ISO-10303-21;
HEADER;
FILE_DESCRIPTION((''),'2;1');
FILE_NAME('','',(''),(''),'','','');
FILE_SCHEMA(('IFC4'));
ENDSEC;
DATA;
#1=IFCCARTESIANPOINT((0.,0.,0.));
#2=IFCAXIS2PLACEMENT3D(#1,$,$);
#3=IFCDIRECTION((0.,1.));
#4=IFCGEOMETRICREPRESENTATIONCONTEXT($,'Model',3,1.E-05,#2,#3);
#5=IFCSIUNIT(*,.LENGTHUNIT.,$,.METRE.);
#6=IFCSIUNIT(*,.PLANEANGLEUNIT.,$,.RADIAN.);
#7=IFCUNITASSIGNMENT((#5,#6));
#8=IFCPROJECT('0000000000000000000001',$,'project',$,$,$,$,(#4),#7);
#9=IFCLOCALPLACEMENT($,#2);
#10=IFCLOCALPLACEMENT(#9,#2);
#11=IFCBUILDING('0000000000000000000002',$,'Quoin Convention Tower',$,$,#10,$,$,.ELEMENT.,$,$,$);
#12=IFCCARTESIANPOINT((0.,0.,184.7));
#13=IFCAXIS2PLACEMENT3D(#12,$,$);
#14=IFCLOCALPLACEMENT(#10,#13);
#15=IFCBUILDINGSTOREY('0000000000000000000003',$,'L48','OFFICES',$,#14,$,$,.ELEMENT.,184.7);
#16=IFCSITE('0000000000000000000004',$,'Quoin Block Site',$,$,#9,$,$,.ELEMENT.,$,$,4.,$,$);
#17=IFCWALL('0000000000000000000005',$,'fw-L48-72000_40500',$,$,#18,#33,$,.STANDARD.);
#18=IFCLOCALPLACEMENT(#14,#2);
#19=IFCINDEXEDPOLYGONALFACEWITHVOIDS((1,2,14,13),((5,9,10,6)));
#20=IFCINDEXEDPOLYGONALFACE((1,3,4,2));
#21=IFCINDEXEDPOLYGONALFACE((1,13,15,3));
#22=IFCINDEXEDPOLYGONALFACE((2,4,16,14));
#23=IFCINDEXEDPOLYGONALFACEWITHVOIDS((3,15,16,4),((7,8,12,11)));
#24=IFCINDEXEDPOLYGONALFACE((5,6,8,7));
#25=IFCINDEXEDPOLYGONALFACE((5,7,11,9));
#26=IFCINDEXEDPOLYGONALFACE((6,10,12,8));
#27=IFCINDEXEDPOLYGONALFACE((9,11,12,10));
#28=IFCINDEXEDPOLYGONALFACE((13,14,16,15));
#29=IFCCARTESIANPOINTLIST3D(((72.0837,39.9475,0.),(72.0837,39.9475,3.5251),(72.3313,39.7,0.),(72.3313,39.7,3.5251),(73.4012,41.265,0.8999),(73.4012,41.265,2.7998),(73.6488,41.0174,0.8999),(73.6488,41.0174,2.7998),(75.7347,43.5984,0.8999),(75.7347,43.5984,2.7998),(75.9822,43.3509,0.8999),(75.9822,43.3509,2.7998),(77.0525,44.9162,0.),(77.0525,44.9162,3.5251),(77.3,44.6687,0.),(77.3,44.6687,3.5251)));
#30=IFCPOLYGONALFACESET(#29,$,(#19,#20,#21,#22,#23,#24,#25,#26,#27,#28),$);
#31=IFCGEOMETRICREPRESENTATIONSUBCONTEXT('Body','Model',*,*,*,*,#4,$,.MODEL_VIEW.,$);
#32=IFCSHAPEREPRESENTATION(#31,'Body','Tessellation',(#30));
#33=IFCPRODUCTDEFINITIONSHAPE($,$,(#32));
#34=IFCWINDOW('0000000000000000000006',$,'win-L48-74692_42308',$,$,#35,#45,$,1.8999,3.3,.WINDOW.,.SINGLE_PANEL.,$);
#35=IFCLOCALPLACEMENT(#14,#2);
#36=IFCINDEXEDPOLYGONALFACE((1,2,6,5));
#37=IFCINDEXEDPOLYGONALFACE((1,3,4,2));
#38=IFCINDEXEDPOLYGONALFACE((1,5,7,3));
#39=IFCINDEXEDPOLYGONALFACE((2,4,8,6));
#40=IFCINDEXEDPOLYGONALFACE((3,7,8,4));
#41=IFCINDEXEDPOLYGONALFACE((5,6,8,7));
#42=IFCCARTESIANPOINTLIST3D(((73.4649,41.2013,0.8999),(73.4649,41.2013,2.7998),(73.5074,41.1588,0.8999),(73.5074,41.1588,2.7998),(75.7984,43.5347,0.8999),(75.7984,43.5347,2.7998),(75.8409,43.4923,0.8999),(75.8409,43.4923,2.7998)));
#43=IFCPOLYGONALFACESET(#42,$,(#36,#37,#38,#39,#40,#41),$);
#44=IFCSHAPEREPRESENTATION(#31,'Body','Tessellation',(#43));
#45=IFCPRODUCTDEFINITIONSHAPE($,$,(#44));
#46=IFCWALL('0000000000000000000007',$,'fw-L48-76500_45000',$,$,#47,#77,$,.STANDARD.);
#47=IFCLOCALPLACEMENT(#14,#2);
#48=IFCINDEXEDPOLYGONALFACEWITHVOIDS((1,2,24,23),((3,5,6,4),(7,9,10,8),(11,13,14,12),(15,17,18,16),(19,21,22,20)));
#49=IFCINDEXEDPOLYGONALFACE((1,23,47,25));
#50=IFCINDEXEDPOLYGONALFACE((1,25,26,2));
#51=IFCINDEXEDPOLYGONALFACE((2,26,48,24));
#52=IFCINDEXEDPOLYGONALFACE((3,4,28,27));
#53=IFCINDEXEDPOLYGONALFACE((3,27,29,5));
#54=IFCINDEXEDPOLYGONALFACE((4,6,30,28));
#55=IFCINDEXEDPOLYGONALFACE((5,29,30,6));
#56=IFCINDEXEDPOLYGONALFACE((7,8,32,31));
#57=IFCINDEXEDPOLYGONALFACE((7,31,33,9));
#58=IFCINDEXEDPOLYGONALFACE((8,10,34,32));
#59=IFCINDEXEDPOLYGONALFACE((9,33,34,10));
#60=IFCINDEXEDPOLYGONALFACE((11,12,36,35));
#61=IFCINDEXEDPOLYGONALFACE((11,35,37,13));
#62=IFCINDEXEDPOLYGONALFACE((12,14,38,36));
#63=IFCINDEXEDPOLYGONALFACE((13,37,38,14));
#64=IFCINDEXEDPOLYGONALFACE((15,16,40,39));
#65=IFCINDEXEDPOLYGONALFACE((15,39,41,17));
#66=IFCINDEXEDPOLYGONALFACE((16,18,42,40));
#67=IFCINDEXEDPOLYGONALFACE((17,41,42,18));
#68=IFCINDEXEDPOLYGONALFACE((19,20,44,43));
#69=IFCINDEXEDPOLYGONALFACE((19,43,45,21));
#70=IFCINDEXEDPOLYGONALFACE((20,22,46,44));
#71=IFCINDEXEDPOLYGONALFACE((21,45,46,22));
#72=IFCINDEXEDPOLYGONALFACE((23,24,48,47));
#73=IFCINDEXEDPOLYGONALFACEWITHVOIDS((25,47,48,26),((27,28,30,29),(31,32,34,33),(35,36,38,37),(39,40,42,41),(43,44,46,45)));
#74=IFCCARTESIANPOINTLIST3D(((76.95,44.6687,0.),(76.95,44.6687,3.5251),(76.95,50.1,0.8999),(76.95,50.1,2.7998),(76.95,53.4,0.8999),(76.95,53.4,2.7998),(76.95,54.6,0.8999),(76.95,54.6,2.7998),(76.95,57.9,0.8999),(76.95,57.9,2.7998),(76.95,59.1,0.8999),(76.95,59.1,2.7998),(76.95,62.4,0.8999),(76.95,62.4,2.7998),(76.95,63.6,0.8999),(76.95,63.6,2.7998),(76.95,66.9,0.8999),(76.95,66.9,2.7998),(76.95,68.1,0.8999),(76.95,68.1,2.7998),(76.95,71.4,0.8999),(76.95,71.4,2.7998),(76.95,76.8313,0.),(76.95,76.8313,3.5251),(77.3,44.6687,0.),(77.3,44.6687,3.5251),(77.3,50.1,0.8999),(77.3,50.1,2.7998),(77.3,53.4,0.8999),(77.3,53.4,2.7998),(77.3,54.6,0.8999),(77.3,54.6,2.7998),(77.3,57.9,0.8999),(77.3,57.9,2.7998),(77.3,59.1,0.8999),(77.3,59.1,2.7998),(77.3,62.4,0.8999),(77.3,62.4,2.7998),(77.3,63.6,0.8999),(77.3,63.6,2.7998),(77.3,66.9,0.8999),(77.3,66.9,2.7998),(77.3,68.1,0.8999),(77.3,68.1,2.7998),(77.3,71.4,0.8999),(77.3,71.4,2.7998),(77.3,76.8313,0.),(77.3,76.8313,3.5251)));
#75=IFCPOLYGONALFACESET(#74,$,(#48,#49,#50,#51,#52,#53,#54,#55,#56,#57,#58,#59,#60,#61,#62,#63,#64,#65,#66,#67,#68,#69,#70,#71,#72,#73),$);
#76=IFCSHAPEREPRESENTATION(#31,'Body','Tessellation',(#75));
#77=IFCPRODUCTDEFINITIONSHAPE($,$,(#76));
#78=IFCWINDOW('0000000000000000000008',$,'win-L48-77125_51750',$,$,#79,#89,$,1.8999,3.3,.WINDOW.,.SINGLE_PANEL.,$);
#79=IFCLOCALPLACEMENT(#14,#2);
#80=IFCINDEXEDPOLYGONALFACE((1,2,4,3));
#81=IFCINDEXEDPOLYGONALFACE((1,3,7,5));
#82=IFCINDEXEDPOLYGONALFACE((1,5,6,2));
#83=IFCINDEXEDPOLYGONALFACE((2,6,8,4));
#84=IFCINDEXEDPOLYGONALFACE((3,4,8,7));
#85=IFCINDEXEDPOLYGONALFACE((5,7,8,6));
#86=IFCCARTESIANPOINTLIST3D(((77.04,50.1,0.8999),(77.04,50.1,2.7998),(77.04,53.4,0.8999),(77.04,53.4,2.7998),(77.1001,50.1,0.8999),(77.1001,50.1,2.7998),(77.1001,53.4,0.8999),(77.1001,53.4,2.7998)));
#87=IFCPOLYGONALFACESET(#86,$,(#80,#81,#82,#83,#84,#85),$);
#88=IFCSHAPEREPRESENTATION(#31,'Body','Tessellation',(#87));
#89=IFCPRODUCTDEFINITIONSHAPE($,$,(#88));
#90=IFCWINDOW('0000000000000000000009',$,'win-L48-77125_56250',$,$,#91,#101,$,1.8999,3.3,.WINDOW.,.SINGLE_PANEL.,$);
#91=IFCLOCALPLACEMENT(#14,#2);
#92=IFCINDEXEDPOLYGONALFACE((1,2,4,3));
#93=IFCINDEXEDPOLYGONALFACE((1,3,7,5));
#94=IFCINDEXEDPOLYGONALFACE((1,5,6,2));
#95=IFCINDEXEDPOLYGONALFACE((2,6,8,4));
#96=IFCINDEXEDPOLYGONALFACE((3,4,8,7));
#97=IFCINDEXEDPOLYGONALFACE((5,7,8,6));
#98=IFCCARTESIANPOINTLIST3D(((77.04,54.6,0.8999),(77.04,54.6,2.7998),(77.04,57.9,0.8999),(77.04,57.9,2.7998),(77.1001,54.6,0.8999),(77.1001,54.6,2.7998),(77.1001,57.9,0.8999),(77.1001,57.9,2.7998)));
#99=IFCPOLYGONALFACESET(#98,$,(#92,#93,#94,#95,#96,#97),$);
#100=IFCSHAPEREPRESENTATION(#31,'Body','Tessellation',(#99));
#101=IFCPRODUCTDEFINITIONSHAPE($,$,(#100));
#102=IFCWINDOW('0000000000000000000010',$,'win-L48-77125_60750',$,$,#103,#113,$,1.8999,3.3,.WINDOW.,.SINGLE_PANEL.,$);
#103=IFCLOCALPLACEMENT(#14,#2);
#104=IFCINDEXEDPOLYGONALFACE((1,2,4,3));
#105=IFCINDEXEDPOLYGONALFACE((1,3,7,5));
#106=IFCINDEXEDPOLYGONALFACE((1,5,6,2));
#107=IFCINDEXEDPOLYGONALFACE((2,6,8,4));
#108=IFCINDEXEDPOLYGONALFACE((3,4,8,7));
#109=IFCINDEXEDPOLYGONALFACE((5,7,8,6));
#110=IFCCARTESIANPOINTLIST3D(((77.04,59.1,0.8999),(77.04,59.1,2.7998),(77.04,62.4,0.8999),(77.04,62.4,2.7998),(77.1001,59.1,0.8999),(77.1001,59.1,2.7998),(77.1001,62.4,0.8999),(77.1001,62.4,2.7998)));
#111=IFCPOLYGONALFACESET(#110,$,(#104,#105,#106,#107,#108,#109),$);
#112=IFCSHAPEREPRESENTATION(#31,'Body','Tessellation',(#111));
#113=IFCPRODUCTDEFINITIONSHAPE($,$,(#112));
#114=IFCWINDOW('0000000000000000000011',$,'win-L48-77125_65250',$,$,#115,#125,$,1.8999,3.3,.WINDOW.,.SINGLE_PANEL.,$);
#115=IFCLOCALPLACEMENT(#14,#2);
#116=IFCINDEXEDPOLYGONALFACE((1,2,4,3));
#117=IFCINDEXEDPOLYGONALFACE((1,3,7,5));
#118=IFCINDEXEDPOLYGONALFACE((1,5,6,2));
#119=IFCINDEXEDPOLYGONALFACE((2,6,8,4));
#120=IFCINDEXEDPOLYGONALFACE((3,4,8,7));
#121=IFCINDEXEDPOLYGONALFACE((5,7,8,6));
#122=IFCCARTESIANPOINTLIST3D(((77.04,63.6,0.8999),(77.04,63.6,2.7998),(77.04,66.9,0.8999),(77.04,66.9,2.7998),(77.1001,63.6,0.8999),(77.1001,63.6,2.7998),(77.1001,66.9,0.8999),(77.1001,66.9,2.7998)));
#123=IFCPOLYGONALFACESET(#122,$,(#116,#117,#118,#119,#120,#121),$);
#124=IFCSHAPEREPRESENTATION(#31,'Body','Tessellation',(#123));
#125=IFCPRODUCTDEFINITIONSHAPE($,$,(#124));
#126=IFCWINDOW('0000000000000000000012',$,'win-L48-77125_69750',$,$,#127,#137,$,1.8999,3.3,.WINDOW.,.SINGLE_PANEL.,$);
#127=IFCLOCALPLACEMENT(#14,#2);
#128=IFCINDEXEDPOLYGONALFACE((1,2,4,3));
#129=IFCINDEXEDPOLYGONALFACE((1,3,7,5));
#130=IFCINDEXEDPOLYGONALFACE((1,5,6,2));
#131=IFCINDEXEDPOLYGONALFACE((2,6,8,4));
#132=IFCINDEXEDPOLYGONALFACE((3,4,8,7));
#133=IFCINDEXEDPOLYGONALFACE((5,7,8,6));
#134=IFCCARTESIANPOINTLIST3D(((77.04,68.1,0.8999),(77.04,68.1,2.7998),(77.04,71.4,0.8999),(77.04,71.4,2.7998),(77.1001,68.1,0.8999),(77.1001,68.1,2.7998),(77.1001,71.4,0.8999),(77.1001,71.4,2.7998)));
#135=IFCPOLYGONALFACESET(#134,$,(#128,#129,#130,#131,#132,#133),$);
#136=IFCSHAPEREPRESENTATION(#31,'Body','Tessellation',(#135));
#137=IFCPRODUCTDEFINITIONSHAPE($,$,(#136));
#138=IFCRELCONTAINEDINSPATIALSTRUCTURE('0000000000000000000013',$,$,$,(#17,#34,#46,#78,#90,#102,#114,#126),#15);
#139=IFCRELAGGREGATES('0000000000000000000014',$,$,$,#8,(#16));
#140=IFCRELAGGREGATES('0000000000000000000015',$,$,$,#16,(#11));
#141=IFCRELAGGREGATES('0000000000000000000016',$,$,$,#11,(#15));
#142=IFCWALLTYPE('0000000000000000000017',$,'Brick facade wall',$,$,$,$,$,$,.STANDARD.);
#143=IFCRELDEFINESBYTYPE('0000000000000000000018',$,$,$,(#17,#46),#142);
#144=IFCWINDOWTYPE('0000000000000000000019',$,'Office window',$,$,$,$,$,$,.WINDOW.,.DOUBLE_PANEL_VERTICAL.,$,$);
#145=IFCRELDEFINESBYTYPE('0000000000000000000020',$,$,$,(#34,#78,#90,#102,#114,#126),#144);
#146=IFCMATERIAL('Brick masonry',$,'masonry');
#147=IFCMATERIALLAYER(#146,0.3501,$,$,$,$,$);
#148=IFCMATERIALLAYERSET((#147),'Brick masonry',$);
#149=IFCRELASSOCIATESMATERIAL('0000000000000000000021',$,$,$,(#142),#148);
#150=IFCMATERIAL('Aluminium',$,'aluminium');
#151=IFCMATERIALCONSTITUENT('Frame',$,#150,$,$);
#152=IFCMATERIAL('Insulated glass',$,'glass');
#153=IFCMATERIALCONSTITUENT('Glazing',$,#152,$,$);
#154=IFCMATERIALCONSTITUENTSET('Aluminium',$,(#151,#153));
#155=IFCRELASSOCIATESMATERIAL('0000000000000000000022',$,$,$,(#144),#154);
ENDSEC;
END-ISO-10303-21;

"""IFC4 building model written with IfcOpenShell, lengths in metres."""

from ifc_helpers import new_model, si_unit, direction, frame, frame_2d, origin, place, context, subcontext, project, spatial, rectangle, extrude, material, layer, layer_set, constituent, constituent_set, type_object, element, fill, save


model = new_model("IFC4")

# Units and contexts
model_context = context("Model", 3, precision=1e-05, world=origin(), true_north=direction((0.0, 1.0)))
body_context = subcontext(model_context, "Body", "Model", "MODEL_VIEW")
ifc_project = project(units=[si_unit("LENGTHUNIT", "METRE"), si_unit("PLANEANGLEUNIT", "RADIAN")], contexts=[model_context])

# Site, building, storey
site_placement = place(None, origin())
site = spatial("IfcSite", under=ifc_project, at=site_placement, Name="Quoin Block Site", CompositionType="ELEMENT", RefElevation=4.0)
building_placement = place(site_placement, origin())
building = spatial("IfcBuilding", under=site, at=building_placement, Name="Quoin Convention Tower", CompositionType="ELEMENT")
storey_placement = place(building_placement, frame((0.0, 0.0, 184.7)))
storey = spatial("IfcBuildingStorey", under=building, at=storey_placement, Name="L48", Description="OFFICES", CompositionType="ELEMENT", Elevation=184.7)

# Wall, opening, window
ifc_material_1 = material(Name="Brick masonry", Category="masonry")
ifc_layer_1 = layer(ifc_material_1, 0.3501)
ifc_layer_set_1 = layer_set([ifc_layer_1], Name="Brick masonry")
wall_type_1 = type_object("IfcWallType", Name="Brick facade wall", PredefinedType="STANDARD", material=ifc_layer_set_1)
wall_1_placement = place(storey_placement, frame((72.2075, 39.8237, 0.0), z_axis=(0.0, 0.0, 1.0), x_axis=(0.707107, 0.707107, 0.0)))
wall_1 = element("IfcWall", 1, at=wall_1_placement, inside=storey, type_object=wall_type_1, Name="fw-L48-72000_40500", PredefinedType="STANDARD", context=body_context, shape_type="SweptSolid", body=[
    extrude(rectangle(XDim=7.0269, YDim=0.3501, at=frame_2d((3.5134, 0.0))), origin(), (0.0, 0.0, 1.0), 3.5251),
])
opening_1_placement = place(wall_1_placement, frame((1.8633, 0.0, 0.8999)))
opening_1 = element("IfcOpeningElement", 2, at=opening_1_placement, cuts=wall_1, PredefinedType="OPENING", context=body_context, shape_type="SweptSolid", body=[
    extrude(rectangle(XDim=3.3, YDim=1.8999, at=frame_2d((1.6499, 0.95))), frame((0.0, 0.1851, 0.0), z_axis=(0.0, -1.0, 0.0), x_axis=(1.0, 0.0, 0.0)), (0.0, 0.0, 1.0), 0.3701),
])
ifc_material_2 = material(Name="Aluminium", Category="aluminium")
ifc_constituent_1 = constituent(ifc_material_2, Name="Frame")
ifc_material_3 = material(Name="Insulated glass", Category="glass")
ifc_constituent_2 = constituent(ifc_material_3, Name="Glazing")
ifc_constituent_set = constituent_set(constituents=[ifc_constituent_1, ifc_constituent_2], Name="Aluminium")
window_type = type_object("IfcWindowType", Name="Office window", PartitioningType="DOUBLE_PANEL_VERTICAL", PredefinedType="WINDOW", material=ifc_constituent_set)
window_1_placement = place(opening_1_placement, origin())
window_1 = element("IfcWindow", 3, at=window_1_placement, inside=storey, type_object=window_type, Name="win-L48-74692_42308", OverallHeight=1.8999, OverallWidth=3.3, PartitioningType="SINGLE_PANEL", PredefinedType="WINDOW", context=body_context, shape_type="SweptSolid", body=[
    extrude(rectangle(XDim=3.3, YDim=1.8999, at=frame_2d((1.6499, 0.95))), frame((0.0, 0.085, 0.0), z_axis=(0.0, -1.0, 0.0), x_axis=(1.0, 0.0, 0.0)), (0.0, 0.0, 1.0), 0.0601),
])
fill(opening_1, window_1)

# Wall, openings, windows
wall_2_placement = place(storey_placement, frame((77.125, 44.6687, 0.0), z_axis=(0.0, 0.0, 1.0), x_axis=(0.0, 1.0, 0.0)))
wall_2 = element("IfcWall", 4, at=wall_2_placement, inside=storey, type_object=wall_type_1, Name="fw-L48-76500_45000", PredefinedType="STANDARD", context=body_context, shape_type="SweptSolid", body=[
    extrude(rectangle(XDim=32.1626, YDim=0.3501, at=frame_2d((16.0813, 0.0))), origin(), (0.0, 0.0, 1.0), 3.5251),
])
opening_2_placement = place(wall_2_placement, frame((5.4314, 0.0, 0.8999)))
opening_2 = element("IfcOpeningElement", 5, at=opening_2_placement, cuts=wall_2, PredefinedType="OPENING", context=body_context, shape_type="SweptSolid", body=[
    extrude(rectangle(XDim=3.3, YDim=1.8999, at=frame_2d((1.6499, 0.95))), frame((0.0, 0.1851, 0.0), z_axis=(0.0, -1.0, 0.0), x_axis=(1.0, 0.0, 0.0)), (0.0, 0.0, 1.0), 0.3701),
])
opening_3_placement = place(wall_2_placement, frame((9.9314, 0.0, 0.8999)))
opening_3 = element("IfcOpeningElement", 6, at=opening_3_placement, cuts=wall_2, PredefinedType="OPENING", context=body_context, shape_type="SweptSolid", body=[
    extrude(rectangle(XDim=3.3, YDim=1.8999, at=frame_2d((1.6499, 0.95))), frame((0.0, 0.1851, 0.0), z_axis=(0.0, -1.0, 0.0), x_axis=(1.0, 0.0, 0.0)), (0.0, 0.0, 1.0), 0.3701),
])
opening_4_placement = place(wall_2_placement, frame((14.4314, 0.0, 0.8999)))
opening_4 = element("IfcOpeningElement", 7, at=opening_4_placement, cuts=wall_2, PredefinedType="OPENING", context=body_context, shape_type="SweptSolid", body=[
    extrude(rectangle(XDim=3.3, YDim=1.8999, at=frame_2d((1.6499, 0.95))), frame((0.0, 0.1851, 0.0), z_axis=(0.0, -1.0, 0.0), x_axis=(1.0, 0.0, 0.0)), (0.0, 0.0, 1.0), 0.3701),
])
opening_5_placement = place(wall_2_placement, frame((18.9314, 0.0, 0.8999)))
opening_5 = element("IfcOpeningElement", 8, at=opening_5_placement, cuts=wall_2, PredefinedType="OPENING", context=body_context, shape_type="SweptSolid", body=[
    extrude(rectangle(XDim=3.3, YDim=1.8999, at=frame_2d((1.6499, 0.95))), frame((0.0, 0.1851, 0.0), z_axis=(0.0, -1.0, 0.0), x_axis=(1.0, 0.0, 0.0)), (0.0, 0.0, 1.0), 0.3701),
])
opening_6_placement = place(wall_2_placement, frame((23.4314, 0.0, 0.8999)))
opening_6 = element("IfcOpeningElement", 9, at=opening_6_placement, cuts=wall_2, PredefinedType="OPENING", context=body_context, shape_type="SweptSolid", body=[
    extrude(rectangle(XDim=3.3, YDim=1.8999, at=frame_2d((1.6499, 0.95))), frame((0.0, 0.1851, 0.0), z_axis=(0.0, -1.0, 0.0), x_axis=(1.0, 0.0, 0.0)), (0.0, 0.0, 1.0), 0.3701),
])
window_2_placement = place(opening_2_placement, origin())
window_2 = element("IfcWindow", 10, at=window_2_placement, inside=storey, type_object=window_type, Name="win-L48-77125_51750", OverallHeight=1.8999, OverallWidth=3.3, PartitioningType="SINGLE_PANEL", PredefinedType="WINDOW", context=body_context, shape_type="SweptSolid", body=[
    extrude(rectangle(XDim=3.3, YDim=1.8999, at=frame_2d((1.6499, 0.95))), frame((0.0, 0.085, 0.0), z_axis=(0.0, -1.0, 0.0), x_axis=(1.0, 0.0, 0.0)), (0.0, 0.0, 1.0), 0.0601),
])
fill(opening_2, window_2)
window_3_placement = place(opening_3_placement, origin())
window_3 = element("IfcWindow", 11, at=window_3_placement, inside=storey, type_object=window_type, Name="win-L48-77125_56250", OverallHeight=1.8999, OverallWidth=3.3, PartitioningType="SINGLE_PANEL", PredefinedType="WINDOW", context=body_context, shape_type="SweptSolid", body=[
    extrude(rectangle(XDim=3.3, YDim=1.8999, at=frame_2d((1.6499, 0.95))), frame((0.0, 0.085, 0.0), z_axis=(0.0, -1.0, 0.0), x_axis=(1.0, 0.0, 0.0)), (0.0, 0.0, 1.0), 0.0601),
])
fill(opening_3, window_3)
window_4_placement = place(opening_4_placement, origin())
window_4 = element("IfcWindow", 12, at=window_4_placement, inside=storey, type_object=window_type, Name="win-L48-77125_60750", OverallHeight=1.8999, OverallWidth=3.3, PartitioningType="SINGLE_PANEL", PredefinedType="WINDOW", context=body_context, shape_type="SweptSolid", body=[
    extrude(rectangle(XDim=3.3, YDim=1.8999, at=frame_2d((1.6499, 0.95))), frame((0.0, 0.085, 0.0), z_axis=(0.0, -1.0, 0.0), x_axis=(1.0, 0.0, 0.0)), (0.0, 0.0, 1.0), 0.0601),
])
fill(opening_4, window_4)
window_5_placement = place(opening_5_placement, origin())
window_5 = element("IfcWindow", 13, at=window_5_placement, inside=storey, type_object=window_type, Name="win-L48-77125_65250", OverallHeight=1.8999, OverallWidth=3.3, PartitioningType="SINGLE_PANEL", PredefinedType="WINDOW", context=body_context, shape_type="SweptSolid", body=[
    extrude(rectangle(XDim=3.3, YDim=1.8999, at=frame_2d((1.6499, 0.95))), frame((0.0, 0.085, 0.0), z_axis=(0.0, -1.0, 0.0), x_axis=(1.0, 0.0, 0.0)), (0.0, 0.0, 1.0), 0.0601),
])
fill(opening_5, window_5)
window_6_placement = place(opening_6_placement, origin())
window_6 = element("IfcWindow", 14, at=window_6_placement, inside=storey, type_object=window_type, Name="win-L48-77125_69750", OverallHeight=1.8999, OverallWidth=3.3, PartitioningType="SINGLE_PANEL", PredefinedType="WINDOW", context=body_context, shape_type="SweptSolid", body=[
    extrude(rectangle(XDim=3.3, YDim=1.8999, at=frame_2d((1.6499, 0.95))), frame((0.0, 0.085, 0.0), z_axis=(0.0, -1.0, 0.0), x_axis=(1.0, 0.0, 0.0)), (0.0, 0.0, 1.0), 0.0601),
])
fill(opening_6, window_6)

save(model, "model.ifc")
